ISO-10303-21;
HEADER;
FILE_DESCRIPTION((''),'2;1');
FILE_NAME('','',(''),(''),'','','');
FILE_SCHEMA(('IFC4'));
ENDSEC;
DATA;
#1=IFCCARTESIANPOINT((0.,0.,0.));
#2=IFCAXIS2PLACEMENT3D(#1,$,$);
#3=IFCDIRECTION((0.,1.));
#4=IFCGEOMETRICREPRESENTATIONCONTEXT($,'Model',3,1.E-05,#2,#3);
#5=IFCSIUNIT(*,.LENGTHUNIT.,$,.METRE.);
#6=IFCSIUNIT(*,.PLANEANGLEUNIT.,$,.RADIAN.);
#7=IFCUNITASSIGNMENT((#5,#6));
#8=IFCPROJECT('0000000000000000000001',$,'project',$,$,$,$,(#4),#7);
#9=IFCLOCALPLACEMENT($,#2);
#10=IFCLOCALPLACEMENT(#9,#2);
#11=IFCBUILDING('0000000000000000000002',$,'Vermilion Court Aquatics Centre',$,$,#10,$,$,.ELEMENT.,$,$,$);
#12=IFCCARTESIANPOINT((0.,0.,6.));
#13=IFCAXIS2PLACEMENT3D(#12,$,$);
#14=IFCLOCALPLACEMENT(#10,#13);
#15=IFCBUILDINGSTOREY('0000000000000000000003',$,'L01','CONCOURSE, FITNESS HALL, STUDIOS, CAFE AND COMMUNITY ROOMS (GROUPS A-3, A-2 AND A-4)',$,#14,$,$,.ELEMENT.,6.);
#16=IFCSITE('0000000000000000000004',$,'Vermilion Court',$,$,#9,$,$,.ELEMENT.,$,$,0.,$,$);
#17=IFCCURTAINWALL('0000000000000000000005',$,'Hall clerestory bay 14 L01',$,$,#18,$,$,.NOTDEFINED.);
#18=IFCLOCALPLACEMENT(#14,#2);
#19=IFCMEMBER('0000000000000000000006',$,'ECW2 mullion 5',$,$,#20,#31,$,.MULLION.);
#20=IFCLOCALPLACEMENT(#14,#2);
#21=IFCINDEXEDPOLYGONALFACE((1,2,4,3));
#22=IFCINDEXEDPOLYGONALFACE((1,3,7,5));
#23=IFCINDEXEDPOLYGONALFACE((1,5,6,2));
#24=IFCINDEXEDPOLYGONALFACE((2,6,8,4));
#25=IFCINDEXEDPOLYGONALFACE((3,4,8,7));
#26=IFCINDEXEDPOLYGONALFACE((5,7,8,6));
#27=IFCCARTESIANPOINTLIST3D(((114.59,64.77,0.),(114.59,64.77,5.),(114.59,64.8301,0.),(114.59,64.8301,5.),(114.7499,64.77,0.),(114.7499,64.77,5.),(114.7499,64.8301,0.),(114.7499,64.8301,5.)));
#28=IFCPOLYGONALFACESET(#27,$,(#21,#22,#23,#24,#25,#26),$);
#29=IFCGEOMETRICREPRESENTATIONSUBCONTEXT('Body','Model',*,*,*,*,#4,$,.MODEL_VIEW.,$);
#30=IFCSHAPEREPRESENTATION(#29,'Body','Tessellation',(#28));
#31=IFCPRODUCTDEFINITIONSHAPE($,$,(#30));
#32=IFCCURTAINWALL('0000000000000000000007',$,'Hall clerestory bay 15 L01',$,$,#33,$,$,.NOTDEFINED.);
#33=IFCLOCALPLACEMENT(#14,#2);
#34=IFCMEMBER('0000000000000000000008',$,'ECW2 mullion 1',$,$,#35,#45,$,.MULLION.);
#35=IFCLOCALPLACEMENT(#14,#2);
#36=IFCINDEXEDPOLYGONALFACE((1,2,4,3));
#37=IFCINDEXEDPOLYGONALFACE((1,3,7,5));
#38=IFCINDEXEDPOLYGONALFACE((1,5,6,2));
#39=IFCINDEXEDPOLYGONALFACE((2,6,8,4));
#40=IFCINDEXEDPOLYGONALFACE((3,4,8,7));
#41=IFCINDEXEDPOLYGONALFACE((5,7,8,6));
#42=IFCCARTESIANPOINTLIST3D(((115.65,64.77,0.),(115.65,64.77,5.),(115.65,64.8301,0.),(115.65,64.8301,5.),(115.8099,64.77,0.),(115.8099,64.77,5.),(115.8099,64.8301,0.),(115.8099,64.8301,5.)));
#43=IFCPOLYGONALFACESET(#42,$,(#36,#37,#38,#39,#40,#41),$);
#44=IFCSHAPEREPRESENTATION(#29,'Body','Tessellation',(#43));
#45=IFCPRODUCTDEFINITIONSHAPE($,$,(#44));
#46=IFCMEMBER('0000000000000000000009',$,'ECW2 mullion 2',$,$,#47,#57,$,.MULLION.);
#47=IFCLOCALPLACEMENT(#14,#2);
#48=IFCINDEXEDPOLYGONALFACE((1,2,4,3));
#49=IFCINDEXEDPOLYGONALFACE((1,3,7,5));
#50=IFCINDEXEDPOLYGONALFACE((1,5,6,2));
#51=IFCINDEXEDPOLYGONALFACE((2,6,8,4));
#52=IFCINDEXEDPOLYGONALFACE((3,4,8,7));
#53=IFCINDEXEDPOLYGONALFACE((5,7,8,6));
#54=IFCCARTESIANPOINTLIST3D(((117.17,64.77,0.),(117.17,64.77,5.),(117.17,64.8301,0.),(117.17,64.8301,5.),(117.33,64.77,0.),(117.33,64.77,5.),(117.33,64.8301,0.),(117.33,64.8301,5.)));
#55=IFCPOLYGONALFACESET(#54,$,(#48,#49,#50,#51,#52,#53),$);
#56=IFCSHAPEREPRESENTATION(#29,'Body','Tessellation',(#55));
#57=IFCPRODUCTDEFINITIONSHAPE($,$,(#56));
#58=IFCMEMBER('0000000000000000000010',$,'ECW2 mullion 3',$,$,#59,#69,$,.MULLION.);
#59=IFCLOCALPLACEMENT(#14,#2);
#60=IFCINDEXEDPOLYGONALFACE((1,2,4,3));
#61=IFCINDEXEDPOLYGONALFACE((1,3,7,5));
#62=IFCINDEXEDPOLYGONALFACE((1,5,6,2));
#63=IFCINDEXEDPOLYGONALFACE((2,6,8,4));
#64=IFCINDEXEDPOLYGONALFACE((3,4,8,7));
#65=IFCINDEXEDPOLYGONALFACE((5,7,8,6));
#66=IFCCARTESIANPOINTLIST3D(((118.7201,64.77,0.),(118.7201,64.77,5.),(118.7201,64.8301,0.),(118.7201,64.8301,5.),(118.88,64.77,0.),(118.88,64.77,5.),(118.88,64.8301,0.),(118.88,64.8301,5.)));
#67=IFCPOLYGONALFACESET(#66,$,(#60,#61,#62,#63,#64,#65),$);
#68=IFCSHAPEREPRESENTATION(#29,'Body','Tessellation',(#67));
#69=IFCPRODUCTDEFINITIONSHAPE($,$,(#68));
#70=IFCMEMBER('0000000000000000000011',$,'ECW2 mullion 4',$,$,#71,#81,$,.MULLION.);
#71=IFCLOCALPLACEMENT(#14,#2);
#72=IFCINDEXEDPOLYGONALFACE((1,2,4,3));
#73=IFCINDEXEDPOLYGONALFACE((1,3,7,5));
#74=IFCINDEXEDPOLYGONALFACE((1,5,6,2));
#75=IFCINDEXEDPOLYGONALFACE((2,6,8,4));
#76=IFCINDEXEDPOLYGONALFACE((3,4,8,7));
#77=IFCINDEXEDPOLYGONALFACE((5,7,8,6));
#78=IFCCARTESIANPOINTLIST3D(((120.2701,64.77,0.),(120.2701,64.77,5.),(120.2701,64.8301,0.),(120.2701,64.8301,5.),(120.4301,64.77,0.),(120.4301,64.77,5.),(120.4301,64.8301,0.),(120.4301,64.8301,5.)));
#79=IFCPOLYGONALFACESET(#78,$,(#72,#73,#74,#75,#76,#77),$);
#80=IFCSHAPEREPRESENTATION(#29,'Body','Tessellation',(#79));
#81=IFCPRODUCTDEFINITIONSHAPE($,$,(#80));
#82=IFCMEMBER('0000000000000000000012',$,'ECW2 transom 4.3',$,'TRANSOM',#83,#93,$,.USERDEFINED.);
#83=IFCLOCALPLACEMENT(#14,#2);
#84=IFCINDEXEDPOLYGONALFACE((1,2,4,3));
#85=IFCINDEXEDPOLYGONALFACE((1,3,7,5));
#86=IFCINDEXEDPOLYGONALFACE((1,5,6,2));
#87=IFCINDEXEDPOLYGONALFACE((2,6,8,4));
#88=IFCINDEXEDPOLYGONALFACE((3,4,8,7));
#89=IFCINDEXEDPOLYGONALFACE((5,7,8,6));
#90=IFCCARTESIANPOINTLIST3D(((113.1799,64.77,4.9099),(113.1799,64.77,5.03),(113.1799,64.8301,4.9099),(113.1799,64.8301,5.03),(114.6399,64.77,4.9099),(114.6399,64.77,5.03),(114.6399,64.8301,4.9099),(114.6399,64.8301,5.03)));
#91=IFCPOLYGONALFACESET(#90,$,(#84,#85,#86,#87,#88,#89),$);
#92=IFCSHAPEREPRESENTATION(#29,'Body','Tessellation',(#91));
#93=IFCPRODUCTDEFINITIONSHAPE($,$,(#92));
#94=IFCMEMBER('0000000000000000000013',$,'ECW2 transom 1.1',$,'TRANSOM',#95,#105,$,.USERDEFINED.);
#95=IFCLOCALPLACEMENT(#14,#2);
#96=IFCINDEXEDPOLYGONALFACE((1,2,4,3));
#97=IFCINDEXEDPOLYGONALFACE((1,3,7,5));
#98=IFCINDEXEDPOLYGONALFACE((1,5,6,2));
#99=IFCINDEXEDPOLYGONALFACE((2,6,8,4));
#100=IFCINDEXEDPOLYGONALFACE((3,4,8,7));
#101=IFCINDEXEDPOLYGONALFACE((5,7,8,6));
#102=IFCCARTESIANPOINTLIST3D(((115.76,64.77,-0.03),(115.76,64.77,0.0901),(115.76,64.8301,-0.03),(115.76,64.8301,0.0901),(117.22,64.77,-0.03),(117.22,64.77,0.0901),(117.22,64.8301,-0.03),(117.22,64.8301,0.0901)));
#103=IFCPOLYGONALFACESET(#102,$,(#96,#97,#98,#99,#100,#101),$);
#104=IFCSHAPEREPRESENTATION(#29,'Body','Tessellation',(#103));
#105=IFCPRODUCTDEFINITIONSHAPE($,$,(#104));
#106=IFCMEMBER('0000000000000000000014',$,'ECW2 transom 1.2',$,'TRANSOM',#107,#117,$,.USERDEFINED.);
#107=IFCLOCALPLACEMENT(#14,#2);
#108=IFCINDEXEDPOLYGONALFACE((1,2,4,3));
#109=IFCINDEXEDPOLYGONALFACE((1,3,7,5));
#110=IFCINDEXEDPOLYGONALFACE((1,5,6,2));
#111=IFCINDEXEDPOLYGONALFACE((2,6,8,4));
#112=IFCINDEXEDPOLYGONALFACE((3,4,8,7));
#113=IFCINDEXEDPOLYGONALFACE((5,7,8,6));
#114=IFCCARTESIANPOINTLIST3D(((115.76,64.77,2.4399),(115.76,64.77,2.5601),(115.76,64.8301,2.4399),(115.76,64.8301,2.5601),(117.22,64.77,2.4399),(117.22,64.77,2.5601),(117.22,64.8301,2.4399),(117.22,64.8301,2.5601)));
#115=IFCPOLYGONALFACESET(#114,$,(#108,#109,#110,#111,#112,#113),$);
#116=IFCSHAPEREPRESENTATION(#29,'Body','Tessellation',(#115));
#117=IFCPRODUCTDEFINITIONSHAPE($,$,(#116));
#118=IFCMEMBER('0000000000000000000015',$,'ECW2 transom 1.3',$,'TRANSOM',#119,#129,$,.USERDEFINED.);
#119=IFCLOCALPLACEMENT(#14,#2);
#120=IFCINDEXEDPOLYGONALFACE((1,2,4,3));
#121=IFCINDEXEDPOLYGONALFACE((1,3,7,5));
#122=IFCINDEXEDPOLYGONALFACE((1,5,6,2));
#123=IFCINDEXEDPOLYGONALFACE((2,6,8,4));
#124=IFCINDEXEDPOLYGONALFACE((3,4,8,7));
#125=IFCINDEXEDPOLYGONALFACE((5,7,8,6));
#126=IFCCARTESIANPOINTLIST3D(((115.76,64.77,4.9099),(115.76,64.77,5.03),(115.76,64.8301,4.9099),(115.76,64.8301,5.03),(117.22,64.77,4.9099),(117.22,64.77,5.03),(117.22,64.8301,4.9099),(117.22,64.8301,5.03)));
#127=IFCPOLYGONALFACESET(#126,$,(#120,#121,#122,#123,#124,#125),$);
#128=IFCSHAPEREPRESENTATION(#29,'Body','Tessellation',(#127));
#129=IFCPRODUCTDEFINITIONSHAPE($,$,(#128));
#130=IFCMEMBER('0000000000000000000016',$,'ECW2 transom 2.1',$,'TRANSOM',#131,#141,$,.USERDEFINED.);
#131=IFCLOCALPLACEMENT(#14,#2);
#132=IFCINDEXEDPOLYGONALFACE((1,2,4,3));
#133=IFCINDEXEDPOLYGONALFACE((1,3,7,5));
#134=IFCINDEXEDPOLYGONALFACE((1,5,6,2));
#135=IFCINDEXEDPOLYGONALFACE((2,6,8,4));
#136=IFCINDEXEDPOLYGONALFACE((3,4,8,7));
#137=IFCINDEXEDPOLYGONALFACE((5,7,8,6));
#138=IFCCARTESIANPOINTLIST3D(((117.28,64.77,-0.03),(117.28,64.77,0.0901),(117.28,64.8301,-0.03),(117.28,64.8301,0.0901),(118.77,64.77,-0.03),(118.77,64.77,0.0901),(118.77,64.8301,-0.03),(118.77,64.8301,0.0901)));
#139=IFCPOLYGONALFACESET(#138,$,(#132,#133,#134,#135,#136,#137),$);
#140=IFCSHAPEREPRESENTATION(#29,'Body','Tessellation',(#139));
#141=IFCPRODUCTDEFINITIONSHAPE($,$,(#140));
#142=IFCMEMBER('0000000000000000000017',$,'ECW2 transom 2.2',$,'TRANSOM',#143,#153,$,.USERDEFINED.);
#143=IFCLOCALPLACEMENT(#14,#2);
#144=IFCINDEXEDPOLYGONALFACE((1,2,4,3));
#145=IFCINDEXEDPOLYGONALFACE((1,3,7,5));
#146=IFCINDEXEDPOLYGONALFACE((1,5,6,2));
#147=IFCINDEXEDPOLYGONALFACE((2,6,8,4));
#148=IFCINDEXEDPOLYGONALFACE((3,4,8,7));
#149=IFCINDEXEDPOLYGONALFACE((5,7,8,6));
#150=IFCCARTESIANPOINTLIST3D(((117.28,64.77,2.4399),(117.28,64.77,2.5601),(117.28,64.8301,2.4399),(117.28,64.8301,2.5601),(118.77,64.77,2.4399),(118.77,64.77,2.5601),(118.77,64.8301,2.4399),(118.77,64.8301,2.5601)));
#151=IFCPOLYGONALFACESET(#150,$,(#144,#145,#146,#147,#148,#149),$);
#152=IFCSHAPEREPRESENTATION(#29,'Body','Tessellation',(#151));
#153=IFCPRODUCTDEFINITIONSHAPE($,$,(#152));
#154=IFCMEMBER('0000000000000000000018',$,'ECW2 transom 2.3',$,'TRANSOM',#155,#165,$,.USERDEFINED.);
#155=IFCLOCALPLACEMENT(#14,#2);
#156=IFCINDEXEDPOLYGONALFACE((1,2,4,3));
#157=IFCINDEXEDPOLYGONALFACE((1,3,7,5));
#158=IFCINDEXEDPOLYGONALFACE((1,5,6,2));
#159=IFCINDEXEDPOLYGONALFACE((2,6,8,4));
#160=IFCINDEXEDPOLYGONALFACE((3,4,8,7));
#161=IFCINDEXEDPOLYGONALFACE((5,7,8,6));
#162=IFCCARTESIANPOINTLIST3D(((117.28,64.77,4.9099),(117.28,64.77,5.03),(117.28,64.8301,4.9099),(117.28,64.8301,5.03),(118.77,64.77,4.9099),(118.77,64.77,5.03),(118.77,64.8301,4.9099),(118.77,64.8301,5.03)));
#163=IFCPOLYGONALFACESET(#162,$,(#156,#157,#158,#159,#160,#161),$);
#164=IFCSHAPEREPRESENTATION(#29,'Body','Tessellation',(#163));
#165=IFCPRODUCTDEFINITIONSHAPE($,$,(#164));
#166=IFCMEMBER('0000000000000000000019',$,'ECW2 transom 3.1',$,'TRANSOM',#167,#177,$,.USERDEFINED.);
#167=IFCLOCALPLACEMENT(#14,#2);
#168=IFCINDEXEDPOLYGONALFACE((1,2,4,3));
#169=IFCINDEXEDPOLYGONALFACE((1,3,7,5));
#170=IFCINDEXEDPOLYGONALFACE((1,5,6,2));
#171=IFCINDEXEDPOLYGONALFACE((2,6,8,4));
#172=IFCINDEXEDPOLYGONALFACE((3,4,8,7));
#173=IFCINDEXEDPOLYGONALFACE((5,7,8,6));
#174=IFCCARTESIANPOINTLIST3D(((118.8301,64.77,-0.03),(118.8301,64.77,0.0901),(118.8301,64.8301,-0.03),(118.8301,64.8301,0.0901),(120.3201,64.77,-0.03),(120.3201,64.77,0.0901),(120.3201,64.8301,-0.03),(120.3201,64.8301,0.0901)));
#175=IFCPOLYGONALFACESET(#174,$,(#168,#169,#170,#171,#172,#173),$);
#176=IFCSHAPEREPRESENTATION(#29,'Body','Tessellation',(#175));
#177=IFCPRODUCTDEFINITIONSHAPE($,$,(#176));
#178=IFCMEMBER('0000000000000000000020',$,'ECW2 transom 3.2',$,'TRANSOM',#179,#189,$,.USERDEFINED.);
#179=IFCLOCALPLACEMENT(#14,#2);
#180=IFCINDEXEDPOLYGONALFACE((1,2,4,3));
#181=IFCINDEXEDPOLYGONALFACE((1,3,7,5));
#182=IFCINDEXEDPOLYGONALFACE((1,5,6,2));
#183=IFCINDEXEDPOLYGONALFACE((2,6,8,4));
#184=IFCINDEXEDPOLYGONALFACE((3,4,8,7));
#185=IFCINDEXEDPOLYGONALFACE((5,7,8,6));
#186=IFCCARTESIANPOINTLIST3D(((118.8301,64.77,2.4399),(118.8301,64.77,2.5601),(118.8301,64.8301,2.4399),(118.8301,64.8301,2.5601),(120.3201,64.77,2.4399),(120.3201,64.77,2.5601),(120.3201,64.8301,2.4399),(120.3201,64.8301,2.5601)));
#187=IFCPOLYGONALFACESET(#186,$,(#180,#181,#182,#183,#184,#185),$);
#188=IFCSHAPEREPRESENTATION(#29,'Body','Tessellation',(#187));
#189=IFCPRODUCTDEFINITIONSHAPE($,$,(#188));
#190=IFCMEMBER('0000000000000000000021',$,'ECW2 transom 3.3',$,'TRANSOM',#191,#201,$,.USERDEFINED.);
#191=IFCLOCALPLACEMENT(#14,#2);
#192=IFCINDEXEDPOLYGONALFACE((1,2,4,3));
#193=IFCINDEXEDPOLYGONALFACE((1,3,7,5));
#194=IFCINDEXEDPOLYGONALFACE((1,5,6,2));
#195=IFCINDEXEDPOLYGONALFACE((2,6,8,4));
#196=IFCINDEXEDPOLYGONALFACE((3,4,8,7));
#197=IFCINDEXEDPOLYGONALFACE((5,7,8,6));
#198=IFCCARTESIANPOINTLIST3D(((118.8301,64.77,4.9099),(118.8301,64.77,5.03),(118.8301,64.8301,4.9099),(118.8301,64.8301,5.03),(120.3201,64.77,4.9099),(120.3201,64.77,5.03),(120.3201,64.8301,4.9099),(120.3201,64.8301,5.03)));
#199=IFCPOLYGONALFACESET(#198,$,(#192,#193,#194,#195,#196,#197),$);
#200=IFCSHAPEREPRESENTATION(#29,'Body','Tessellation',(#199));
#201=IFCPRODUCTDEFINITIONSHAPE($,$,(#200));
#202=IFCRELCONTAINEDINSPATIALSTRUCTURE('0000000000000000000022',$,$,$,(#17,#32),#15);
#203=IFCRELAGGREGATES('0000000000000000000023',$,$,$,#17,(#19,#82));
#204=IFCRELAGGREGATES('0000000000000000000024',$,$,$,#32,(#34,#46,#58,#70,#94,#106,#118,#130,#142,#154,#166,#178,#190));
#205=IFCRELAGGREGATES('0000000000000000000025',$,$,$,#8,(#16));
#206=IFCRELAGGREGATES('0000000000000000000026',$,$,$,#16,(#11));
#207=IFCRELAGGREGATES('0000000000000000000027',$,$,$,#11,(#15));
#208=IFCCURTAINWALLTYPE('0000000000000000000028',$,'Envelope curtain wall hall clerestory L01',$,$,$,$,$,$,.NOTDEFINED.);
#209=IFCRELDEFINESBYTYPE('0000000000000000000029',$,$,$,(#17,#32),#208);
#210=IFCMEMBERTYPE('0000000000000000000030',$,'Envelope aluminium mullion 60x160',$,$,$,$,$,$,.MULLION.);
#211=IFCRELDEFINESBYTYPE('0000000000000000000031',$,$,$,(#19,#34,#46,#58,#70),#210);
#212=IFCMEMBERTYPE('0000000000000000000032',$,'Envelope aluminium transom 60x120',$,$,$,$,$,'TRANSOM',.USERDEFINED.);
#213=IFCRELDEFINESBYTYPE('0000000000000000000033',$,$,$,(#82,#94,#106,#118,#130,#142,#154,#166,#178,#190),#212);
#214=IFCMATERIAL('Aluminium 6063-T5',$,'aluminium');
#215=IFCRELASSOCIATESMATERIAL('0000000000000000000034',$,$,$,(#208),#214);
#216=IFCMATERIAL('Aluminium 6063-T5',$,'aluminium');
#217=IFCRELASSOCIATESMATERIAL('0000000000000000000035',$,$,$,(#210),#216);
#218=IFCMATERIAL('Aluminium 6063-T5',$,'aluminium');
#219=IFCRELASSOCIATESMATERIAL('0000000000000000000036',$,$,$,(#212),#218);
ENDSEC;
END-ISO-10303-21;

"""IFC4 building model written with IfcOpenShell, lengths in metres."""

from ifc_helpers import new_model, si_unit, direction, frame, origin, origin_2d, place, context, subcontext, project, spatial, rectangle, extrude, material, material_profile, profile_set, type_object, element, aggregate, save


model = new_model("IFC4")

# Units and contexts
model_context = context("Model", 3, precision=1e-05, world=origin(), true_north=direction((0.0, 1.0)))
body_context = subcontext(model_context, "Body", "Model", "MODEL_VIEW")
ifc_project = project(units=[si_unit("LENGTHUNIT", "METRE"), si_unit("PLANEANGLEUNIT", "RADIAN")], contexts=[model_context])

# Site, building, storey
site_placement = place(None, origin())
site = spatial("IfcSite", under=ifc_project, at=site_placement, Name="Vermilion Court", CompositionType="ELEMENT", RefElevation=0.0)
building_placement = place(site_placement, origin())
building = spatial("IfcBuilding", under=site, at=building_placement, Name="Vermilion Court Aquatics Centre", CompositionType="ELEMENT")
storey_placement = place(building_placement, frame((0.0, 0.0, 6.0)))
storey = spatial("IfcBuildingStorey", under=building, at=storey_placement, Name="L01", Description="CONCOURSE, FITNESS HALL, STUDIOS, CAFE AND COMMUNITY ROOMS (GROUPS A-3, A-2 AND A-4)", CompositionType="ELEMENT", Elevation=6.0)

# Curtain wall, member
ifc_material_1 = material(Name="Aluminium 6063-T5", Category="aluminium")
curtain_wall_type = type_object("IfcCurtainWallType", Name="Envelope curtain wall hall clerestory L01", PredefinedType="NOTDEFINED", material=ifc_material_1)
curtain_wall_1_placement = place(storey_placement, origin())
curtain_wall_1 = element("IfcCurtainWall", 1, at=curtain_wall_1_placement, inside=storey, type_object=curtain_wall_type, Name="Hall clerestory bay 14 L01", PredefinedType="NOTDEFINED")
ifc_material_2 = material(Name="Aluminium 6063-T5", Category="aluminium")
ifc_material_profile_1 = material_profile(ifc_material_2, rectangle(XDim=0.0601, YDim=0.1599, at=origin_2d()), Name="AL 60x160")
ifc_profile_set_1 = profile_set([ifc_material_profile_1], Name="Aluminium 6063-T5")
member_type_1 = type_object("IfcMemberType", Name="Envelope aluminium mullion 60x160", PredefinedType="MULLION", material=ifc_profile_set_1)
member_1_placement = place(storey_placement, frame((114.6699, 64.8, 0.0), z_axis=(0.0, 0.0, 1.0), x_axis=(0.0, 1.0, 0.0)))
member_1 = element("IfcMember", 2, at=member_1_placement, type_object=member_type_1, Name="ECW2 mullion 5", PredefinedType="MULLION", context=body_context, shape_type="SweptSolid", body=[
    extrude(rectangle(XDim=0.0601, YDim=0.1599, at=origin_2d()), origin(), (0.0, 0.0, 1.0), 5.0),
])

# Curtain wall, members
curtain_wall_2_placement = place(storey_placement, origin())
curtain_wall_2 = element("IfcCurtainWall", 3, at=curtain_wall_2_placement, inside=storey, type_object=curtain_wall_type, Name="Hall clerestory bay 15 L01", PredefinedType="NOTDEFINED")
member_2_placement = place(storey_placement, frame((115.73, 64.8, 0.0), z_axis=(0.0, 0.0, 1.0), x_axis=(0.0, 1.0, 0.0)))
member_2 = element("IfcMember", 4, at=member_2_placement, type_object=member_type_1, Name="ECW2 mullion 1", PredefinedType="MULLION", context=body_context, shape_type="SweptSolid", body=[
    extrude(rectangle(XDim=0.0601, YDim=0.1599, at=origin_2d()), origin(), (0.0, 0.0, 1.0), 5.0),
])
member_3_placement = place(storey_placement, frame((117.25, 64.8, 0.0), z_axis=(0.0, 0.0, 1.0), x_axis=(0.0, 1.0, 0.0)))
member_3 = element("IfcMember", 5, at=member_3_placement, type_object=member_type_1, Name="ECW2 mullion 2", PredefinedType="MULLION", context=body_context, shape_type="SweptSolid", body=[
    extrude(rectangle(XDim=0.0601, YDim=0.1599, at=origin_2d()), origin(), (0.0, 0.0, 1.0), 5.0),
])
member_4_placement = place(storey_placement, frame((118.8, 64.8, 0.0), z_axis=(0.0, 0.0, 1.0), x_axis=(0.0, 1.0, 0.0)))
member_4 = element("IfcMember", 6, at=member_4_placement, type_object=member_type_1, Name="ECW2 mullion 3", PredefinedType="MULLION", context=body_context, shape_type="SweptSolid", body=[
    extrude(rectangle(XDim=0.0601, YDim=0.1599, at=origin_2d()), origin(), (0.0, 0.0, 1.0), 5.0),
])
member_5_placement = place(storey_placement, frame((120.3501, 64.8, 0.0), z_axis=(0.0, 0.0, 1.0), x_axis=(0.0, 1.0, 0.0)))
member_5 = element("IfcMember", 7, at=member_5_placement, type_object=member_type_1, Name="ECW2 mullion 4", PredefinedType="MULLION", context=body_context, shape_type="SweptSolid", body=[
    extrude(rectangle(XDim=0.0601, YDim=0.1599, at=origin_2d()), origin(), (0.0, 0.0, 1.0), 5.0),
])

# Members
ifc_material_3 = material(Name="Aluminium 6063-T5", Category="aluminium")
ifc_material_profile_2 = material_profile(ifc_material_3, rectangle(XDim=0.0601, YDim=0.1201, at=origin_2d()), Name="AL 60x120")
ifc_profile_set_2 = profile_set([ifc_material_profile_2], Name="Aluminium 6063-T5")
member_type_2 = type_object("IfcMemberType", Name="Envelope aluminium transom 60x120", ElementType="TRANSOM", PredefinedType="USERDEFINED", material=ifc_profile_set_2)
member_6_placement = place(storey_placement, frame((113.1799, 64.8, 4.97), z_axis=(1.0, 0.0, 0.0), x_axis=(0.0, 1.0, 0.0)))
member_6 = element("IfcMember", 8, at=member_6_placement, type_object=member_type_2, Name="ECW2 transom 4.3", ObjectType="TRANSOM", PredefinedType="USERDEFINED", context=body_context, shape_type="SweptSolid", body=[
    extrude(rectangle(XDim=0.0601, YDim=0.1201, at=origin_2d()), origin(), (0.0, 0.0, 1.0), 1.46),
])
member_7_placement = place(storey_placement, frame((115.76, 64.8, 0.03), z_axis=(1.0, 0.0, 0.0), x_axis=(0.0, 1.0, 0.0)))
member_7 = element("IfcMember", 9, at=member_7_placement, type_object=member_type_2, Name="ECW2 transom 1.1", ObjectType="TRANSOM", PredefinedType="USERDEFINED", context=body_context, shape_type="SweptSolid", body=[
    extrude(rectangle(XDim=0.0601, YDim=0.1201, at=origin_2d()), origin(), (0.0, 0.0, 1.0), 1.46),
])
member_8_placement = place(storey_placement, frame((115.76, 64.8, 2.5), z_axis=(1.0, 0.0, 0.0), x_axis=(0.0, 1.0, 0.0)))
member_8 = element("IfcMember", 10, at=member_8_placement, type_object=member_type_2, Name="ECW2 transom 1.2", ObjectType="TRANSOM", PredefinedType="USERDEFINED", context=body_context, shape_type="SweptSolid", body=[
    extrude(rectangle(XDim=0.0601, YDim=0.1201, at=origin_2d()), origin(), (0.0, 0.0, 1.0), 1.46),
])
member_9_placement = place(storey_placement, frame((115.76, 64.8, 4.97), z_axis=(1.0, 0.0, 0.0), x_axis=(0.0, 1.0, 0.0)))
member_9 = element("IfcMember", 11, at=member_9_placement, type_object=member_type_2, Name="ECW2 transom 1.3", ObjectType="TRANSOM", PredefinedType="USERDEFINED", context=body_context, shape_type="SweptSolid", body=[
    extrude(rectangle(XDim=0.0601, YDim=0.1201, at=origin_2d()), origin(), (0.0, 0.0, 1.0), 1.46),
])
member_10_placement = place(storey_placement, frame((117.28, 64.8, 0.03), z_axis=(1.0, 0.0, 0.0), x_axis=(0.0, 1.0, 0.0)))
member_10 = element("IfcMember", 12, at=member_10_placement, type_object=member_type_2, Name="ECW2 transom 2.1", ObjectType="TRANSOM", PredefinedType="USERDEFINED", context=body_context, shape_type="SweptSolid", body=[
    extrude(rectangle(XDim=0.0601, YDim=0.1201, at=origin_2d()), origin(), (0.0, 0.0, 1.0), 1.49),
])
member_11_placement = place(storey_placement, frame((117.28, 64.8, 2.5), z_axis=(1.0, 0.0, 0.0), x_axis=(0.0, 1.0, 0.0)))
member_11 = element("IfcMember", 13, at=member_11_placement, type_object=member_type_2, Name="ECW2 transom 2.2", ObjectType="TRANSOM", PredefinedType="USERDEFINED", context=body_context, shape_type="SweptSolid", body=[
    extrude(rectangle(XDim=0.0601, YDim=0.1201, at=origin_2d()), origin(), (0.0, 0.0, 1.0), 1.49),
])
member_12_placement = place(storey_placement, frame((117.28, 64.8, 4.97), z_axis=(1.0, 0.0, 0.0), x_axis=(0.0, 1.0, 0.0)))
member_12 = element("IfcMember", 14, at=member_12_placement, type_object=member_type_2, Name="ECW2 transom 2.3", ObjectType="TRANSOM", PredefinedType="USERDEFINED", context=body_context, shape_type="SweptSolid", body=[
    extrude(rectangle(XDim=0.0601, YDim=0.1201, at=origin_2d()), origin(), (0.0, 0.0, 1.0), 1.49),
])
member_13_placement = place(storey_placement, frame((118.8301, 64.8, 0.03), z_axis=(1.0, 0.0, 0.0), x_axis=(0.0, 1.0, 0.0)))
member_13 = element("IfcMember", 15, at=member_13_placement, type_object=member_type_2, Name="ECW2 transom 3.1", ObjectType="TRANSOM", PredefinedType="USERDEFINED", context=body_context, shape_type="SweptSolid", body=[
    extrude(rectangle(XDim=0.0601, YDim=0.1201, at=origin_2d()), origin(), (0.0, 0.0, 1.0), 1.49),
])
member_14_placement = place(storey_placement, frame((118.8301, 64.8, 2.5), z_axis=(1.0, 0.0, 0.0), x_axis=(0.0, 1.0, 0.0)))
member_14 = element("IfcMember", 16, at=member_14_placement, type_object=member_type_2, Name="ECW2 transom 3.2", ObjectType="TRANSOM", PredefinedType="USERDEFINED", context=body_context, shape_type="SweptSolid", body=[
    extrude(rectangle(XDim=0.0601, YDim=0.1201, at=origin_2d()), origin(), (0.0, 0.0, 1.0), 1.49),
])
member_15_placement = place(storey_placement, frame((118.8301, 64.8, 4.97), z_axis=(1.0, 0.0, 0.0), x_axis=(0.0, 1.0, 0.0)))
member_15 = element("IfcMember", 17, at=member_15_placement, type_object=member_type_2, Name="ECW2 transom 3.3", ObjectType="TRANSOM", PredefinedType="USERDEFINED", context=body_context, shape_type="SweptSolid", body=[
    extrude(rectangle(XDim=0.0601, YDim=0.1201, at=origin_2d()), origin(), (0.0, 0.0, 1.0), 1.49),
])

aggregate(curtain_wall_1, [member_1, member_6])
aggregate(curtain_wall_2, [member_2, member_3, member_4, member_5, member_7, member_8, member_9, member_10, member_11, member_12, member_13, member_14, member_15])

save(model, "model.ifc")
